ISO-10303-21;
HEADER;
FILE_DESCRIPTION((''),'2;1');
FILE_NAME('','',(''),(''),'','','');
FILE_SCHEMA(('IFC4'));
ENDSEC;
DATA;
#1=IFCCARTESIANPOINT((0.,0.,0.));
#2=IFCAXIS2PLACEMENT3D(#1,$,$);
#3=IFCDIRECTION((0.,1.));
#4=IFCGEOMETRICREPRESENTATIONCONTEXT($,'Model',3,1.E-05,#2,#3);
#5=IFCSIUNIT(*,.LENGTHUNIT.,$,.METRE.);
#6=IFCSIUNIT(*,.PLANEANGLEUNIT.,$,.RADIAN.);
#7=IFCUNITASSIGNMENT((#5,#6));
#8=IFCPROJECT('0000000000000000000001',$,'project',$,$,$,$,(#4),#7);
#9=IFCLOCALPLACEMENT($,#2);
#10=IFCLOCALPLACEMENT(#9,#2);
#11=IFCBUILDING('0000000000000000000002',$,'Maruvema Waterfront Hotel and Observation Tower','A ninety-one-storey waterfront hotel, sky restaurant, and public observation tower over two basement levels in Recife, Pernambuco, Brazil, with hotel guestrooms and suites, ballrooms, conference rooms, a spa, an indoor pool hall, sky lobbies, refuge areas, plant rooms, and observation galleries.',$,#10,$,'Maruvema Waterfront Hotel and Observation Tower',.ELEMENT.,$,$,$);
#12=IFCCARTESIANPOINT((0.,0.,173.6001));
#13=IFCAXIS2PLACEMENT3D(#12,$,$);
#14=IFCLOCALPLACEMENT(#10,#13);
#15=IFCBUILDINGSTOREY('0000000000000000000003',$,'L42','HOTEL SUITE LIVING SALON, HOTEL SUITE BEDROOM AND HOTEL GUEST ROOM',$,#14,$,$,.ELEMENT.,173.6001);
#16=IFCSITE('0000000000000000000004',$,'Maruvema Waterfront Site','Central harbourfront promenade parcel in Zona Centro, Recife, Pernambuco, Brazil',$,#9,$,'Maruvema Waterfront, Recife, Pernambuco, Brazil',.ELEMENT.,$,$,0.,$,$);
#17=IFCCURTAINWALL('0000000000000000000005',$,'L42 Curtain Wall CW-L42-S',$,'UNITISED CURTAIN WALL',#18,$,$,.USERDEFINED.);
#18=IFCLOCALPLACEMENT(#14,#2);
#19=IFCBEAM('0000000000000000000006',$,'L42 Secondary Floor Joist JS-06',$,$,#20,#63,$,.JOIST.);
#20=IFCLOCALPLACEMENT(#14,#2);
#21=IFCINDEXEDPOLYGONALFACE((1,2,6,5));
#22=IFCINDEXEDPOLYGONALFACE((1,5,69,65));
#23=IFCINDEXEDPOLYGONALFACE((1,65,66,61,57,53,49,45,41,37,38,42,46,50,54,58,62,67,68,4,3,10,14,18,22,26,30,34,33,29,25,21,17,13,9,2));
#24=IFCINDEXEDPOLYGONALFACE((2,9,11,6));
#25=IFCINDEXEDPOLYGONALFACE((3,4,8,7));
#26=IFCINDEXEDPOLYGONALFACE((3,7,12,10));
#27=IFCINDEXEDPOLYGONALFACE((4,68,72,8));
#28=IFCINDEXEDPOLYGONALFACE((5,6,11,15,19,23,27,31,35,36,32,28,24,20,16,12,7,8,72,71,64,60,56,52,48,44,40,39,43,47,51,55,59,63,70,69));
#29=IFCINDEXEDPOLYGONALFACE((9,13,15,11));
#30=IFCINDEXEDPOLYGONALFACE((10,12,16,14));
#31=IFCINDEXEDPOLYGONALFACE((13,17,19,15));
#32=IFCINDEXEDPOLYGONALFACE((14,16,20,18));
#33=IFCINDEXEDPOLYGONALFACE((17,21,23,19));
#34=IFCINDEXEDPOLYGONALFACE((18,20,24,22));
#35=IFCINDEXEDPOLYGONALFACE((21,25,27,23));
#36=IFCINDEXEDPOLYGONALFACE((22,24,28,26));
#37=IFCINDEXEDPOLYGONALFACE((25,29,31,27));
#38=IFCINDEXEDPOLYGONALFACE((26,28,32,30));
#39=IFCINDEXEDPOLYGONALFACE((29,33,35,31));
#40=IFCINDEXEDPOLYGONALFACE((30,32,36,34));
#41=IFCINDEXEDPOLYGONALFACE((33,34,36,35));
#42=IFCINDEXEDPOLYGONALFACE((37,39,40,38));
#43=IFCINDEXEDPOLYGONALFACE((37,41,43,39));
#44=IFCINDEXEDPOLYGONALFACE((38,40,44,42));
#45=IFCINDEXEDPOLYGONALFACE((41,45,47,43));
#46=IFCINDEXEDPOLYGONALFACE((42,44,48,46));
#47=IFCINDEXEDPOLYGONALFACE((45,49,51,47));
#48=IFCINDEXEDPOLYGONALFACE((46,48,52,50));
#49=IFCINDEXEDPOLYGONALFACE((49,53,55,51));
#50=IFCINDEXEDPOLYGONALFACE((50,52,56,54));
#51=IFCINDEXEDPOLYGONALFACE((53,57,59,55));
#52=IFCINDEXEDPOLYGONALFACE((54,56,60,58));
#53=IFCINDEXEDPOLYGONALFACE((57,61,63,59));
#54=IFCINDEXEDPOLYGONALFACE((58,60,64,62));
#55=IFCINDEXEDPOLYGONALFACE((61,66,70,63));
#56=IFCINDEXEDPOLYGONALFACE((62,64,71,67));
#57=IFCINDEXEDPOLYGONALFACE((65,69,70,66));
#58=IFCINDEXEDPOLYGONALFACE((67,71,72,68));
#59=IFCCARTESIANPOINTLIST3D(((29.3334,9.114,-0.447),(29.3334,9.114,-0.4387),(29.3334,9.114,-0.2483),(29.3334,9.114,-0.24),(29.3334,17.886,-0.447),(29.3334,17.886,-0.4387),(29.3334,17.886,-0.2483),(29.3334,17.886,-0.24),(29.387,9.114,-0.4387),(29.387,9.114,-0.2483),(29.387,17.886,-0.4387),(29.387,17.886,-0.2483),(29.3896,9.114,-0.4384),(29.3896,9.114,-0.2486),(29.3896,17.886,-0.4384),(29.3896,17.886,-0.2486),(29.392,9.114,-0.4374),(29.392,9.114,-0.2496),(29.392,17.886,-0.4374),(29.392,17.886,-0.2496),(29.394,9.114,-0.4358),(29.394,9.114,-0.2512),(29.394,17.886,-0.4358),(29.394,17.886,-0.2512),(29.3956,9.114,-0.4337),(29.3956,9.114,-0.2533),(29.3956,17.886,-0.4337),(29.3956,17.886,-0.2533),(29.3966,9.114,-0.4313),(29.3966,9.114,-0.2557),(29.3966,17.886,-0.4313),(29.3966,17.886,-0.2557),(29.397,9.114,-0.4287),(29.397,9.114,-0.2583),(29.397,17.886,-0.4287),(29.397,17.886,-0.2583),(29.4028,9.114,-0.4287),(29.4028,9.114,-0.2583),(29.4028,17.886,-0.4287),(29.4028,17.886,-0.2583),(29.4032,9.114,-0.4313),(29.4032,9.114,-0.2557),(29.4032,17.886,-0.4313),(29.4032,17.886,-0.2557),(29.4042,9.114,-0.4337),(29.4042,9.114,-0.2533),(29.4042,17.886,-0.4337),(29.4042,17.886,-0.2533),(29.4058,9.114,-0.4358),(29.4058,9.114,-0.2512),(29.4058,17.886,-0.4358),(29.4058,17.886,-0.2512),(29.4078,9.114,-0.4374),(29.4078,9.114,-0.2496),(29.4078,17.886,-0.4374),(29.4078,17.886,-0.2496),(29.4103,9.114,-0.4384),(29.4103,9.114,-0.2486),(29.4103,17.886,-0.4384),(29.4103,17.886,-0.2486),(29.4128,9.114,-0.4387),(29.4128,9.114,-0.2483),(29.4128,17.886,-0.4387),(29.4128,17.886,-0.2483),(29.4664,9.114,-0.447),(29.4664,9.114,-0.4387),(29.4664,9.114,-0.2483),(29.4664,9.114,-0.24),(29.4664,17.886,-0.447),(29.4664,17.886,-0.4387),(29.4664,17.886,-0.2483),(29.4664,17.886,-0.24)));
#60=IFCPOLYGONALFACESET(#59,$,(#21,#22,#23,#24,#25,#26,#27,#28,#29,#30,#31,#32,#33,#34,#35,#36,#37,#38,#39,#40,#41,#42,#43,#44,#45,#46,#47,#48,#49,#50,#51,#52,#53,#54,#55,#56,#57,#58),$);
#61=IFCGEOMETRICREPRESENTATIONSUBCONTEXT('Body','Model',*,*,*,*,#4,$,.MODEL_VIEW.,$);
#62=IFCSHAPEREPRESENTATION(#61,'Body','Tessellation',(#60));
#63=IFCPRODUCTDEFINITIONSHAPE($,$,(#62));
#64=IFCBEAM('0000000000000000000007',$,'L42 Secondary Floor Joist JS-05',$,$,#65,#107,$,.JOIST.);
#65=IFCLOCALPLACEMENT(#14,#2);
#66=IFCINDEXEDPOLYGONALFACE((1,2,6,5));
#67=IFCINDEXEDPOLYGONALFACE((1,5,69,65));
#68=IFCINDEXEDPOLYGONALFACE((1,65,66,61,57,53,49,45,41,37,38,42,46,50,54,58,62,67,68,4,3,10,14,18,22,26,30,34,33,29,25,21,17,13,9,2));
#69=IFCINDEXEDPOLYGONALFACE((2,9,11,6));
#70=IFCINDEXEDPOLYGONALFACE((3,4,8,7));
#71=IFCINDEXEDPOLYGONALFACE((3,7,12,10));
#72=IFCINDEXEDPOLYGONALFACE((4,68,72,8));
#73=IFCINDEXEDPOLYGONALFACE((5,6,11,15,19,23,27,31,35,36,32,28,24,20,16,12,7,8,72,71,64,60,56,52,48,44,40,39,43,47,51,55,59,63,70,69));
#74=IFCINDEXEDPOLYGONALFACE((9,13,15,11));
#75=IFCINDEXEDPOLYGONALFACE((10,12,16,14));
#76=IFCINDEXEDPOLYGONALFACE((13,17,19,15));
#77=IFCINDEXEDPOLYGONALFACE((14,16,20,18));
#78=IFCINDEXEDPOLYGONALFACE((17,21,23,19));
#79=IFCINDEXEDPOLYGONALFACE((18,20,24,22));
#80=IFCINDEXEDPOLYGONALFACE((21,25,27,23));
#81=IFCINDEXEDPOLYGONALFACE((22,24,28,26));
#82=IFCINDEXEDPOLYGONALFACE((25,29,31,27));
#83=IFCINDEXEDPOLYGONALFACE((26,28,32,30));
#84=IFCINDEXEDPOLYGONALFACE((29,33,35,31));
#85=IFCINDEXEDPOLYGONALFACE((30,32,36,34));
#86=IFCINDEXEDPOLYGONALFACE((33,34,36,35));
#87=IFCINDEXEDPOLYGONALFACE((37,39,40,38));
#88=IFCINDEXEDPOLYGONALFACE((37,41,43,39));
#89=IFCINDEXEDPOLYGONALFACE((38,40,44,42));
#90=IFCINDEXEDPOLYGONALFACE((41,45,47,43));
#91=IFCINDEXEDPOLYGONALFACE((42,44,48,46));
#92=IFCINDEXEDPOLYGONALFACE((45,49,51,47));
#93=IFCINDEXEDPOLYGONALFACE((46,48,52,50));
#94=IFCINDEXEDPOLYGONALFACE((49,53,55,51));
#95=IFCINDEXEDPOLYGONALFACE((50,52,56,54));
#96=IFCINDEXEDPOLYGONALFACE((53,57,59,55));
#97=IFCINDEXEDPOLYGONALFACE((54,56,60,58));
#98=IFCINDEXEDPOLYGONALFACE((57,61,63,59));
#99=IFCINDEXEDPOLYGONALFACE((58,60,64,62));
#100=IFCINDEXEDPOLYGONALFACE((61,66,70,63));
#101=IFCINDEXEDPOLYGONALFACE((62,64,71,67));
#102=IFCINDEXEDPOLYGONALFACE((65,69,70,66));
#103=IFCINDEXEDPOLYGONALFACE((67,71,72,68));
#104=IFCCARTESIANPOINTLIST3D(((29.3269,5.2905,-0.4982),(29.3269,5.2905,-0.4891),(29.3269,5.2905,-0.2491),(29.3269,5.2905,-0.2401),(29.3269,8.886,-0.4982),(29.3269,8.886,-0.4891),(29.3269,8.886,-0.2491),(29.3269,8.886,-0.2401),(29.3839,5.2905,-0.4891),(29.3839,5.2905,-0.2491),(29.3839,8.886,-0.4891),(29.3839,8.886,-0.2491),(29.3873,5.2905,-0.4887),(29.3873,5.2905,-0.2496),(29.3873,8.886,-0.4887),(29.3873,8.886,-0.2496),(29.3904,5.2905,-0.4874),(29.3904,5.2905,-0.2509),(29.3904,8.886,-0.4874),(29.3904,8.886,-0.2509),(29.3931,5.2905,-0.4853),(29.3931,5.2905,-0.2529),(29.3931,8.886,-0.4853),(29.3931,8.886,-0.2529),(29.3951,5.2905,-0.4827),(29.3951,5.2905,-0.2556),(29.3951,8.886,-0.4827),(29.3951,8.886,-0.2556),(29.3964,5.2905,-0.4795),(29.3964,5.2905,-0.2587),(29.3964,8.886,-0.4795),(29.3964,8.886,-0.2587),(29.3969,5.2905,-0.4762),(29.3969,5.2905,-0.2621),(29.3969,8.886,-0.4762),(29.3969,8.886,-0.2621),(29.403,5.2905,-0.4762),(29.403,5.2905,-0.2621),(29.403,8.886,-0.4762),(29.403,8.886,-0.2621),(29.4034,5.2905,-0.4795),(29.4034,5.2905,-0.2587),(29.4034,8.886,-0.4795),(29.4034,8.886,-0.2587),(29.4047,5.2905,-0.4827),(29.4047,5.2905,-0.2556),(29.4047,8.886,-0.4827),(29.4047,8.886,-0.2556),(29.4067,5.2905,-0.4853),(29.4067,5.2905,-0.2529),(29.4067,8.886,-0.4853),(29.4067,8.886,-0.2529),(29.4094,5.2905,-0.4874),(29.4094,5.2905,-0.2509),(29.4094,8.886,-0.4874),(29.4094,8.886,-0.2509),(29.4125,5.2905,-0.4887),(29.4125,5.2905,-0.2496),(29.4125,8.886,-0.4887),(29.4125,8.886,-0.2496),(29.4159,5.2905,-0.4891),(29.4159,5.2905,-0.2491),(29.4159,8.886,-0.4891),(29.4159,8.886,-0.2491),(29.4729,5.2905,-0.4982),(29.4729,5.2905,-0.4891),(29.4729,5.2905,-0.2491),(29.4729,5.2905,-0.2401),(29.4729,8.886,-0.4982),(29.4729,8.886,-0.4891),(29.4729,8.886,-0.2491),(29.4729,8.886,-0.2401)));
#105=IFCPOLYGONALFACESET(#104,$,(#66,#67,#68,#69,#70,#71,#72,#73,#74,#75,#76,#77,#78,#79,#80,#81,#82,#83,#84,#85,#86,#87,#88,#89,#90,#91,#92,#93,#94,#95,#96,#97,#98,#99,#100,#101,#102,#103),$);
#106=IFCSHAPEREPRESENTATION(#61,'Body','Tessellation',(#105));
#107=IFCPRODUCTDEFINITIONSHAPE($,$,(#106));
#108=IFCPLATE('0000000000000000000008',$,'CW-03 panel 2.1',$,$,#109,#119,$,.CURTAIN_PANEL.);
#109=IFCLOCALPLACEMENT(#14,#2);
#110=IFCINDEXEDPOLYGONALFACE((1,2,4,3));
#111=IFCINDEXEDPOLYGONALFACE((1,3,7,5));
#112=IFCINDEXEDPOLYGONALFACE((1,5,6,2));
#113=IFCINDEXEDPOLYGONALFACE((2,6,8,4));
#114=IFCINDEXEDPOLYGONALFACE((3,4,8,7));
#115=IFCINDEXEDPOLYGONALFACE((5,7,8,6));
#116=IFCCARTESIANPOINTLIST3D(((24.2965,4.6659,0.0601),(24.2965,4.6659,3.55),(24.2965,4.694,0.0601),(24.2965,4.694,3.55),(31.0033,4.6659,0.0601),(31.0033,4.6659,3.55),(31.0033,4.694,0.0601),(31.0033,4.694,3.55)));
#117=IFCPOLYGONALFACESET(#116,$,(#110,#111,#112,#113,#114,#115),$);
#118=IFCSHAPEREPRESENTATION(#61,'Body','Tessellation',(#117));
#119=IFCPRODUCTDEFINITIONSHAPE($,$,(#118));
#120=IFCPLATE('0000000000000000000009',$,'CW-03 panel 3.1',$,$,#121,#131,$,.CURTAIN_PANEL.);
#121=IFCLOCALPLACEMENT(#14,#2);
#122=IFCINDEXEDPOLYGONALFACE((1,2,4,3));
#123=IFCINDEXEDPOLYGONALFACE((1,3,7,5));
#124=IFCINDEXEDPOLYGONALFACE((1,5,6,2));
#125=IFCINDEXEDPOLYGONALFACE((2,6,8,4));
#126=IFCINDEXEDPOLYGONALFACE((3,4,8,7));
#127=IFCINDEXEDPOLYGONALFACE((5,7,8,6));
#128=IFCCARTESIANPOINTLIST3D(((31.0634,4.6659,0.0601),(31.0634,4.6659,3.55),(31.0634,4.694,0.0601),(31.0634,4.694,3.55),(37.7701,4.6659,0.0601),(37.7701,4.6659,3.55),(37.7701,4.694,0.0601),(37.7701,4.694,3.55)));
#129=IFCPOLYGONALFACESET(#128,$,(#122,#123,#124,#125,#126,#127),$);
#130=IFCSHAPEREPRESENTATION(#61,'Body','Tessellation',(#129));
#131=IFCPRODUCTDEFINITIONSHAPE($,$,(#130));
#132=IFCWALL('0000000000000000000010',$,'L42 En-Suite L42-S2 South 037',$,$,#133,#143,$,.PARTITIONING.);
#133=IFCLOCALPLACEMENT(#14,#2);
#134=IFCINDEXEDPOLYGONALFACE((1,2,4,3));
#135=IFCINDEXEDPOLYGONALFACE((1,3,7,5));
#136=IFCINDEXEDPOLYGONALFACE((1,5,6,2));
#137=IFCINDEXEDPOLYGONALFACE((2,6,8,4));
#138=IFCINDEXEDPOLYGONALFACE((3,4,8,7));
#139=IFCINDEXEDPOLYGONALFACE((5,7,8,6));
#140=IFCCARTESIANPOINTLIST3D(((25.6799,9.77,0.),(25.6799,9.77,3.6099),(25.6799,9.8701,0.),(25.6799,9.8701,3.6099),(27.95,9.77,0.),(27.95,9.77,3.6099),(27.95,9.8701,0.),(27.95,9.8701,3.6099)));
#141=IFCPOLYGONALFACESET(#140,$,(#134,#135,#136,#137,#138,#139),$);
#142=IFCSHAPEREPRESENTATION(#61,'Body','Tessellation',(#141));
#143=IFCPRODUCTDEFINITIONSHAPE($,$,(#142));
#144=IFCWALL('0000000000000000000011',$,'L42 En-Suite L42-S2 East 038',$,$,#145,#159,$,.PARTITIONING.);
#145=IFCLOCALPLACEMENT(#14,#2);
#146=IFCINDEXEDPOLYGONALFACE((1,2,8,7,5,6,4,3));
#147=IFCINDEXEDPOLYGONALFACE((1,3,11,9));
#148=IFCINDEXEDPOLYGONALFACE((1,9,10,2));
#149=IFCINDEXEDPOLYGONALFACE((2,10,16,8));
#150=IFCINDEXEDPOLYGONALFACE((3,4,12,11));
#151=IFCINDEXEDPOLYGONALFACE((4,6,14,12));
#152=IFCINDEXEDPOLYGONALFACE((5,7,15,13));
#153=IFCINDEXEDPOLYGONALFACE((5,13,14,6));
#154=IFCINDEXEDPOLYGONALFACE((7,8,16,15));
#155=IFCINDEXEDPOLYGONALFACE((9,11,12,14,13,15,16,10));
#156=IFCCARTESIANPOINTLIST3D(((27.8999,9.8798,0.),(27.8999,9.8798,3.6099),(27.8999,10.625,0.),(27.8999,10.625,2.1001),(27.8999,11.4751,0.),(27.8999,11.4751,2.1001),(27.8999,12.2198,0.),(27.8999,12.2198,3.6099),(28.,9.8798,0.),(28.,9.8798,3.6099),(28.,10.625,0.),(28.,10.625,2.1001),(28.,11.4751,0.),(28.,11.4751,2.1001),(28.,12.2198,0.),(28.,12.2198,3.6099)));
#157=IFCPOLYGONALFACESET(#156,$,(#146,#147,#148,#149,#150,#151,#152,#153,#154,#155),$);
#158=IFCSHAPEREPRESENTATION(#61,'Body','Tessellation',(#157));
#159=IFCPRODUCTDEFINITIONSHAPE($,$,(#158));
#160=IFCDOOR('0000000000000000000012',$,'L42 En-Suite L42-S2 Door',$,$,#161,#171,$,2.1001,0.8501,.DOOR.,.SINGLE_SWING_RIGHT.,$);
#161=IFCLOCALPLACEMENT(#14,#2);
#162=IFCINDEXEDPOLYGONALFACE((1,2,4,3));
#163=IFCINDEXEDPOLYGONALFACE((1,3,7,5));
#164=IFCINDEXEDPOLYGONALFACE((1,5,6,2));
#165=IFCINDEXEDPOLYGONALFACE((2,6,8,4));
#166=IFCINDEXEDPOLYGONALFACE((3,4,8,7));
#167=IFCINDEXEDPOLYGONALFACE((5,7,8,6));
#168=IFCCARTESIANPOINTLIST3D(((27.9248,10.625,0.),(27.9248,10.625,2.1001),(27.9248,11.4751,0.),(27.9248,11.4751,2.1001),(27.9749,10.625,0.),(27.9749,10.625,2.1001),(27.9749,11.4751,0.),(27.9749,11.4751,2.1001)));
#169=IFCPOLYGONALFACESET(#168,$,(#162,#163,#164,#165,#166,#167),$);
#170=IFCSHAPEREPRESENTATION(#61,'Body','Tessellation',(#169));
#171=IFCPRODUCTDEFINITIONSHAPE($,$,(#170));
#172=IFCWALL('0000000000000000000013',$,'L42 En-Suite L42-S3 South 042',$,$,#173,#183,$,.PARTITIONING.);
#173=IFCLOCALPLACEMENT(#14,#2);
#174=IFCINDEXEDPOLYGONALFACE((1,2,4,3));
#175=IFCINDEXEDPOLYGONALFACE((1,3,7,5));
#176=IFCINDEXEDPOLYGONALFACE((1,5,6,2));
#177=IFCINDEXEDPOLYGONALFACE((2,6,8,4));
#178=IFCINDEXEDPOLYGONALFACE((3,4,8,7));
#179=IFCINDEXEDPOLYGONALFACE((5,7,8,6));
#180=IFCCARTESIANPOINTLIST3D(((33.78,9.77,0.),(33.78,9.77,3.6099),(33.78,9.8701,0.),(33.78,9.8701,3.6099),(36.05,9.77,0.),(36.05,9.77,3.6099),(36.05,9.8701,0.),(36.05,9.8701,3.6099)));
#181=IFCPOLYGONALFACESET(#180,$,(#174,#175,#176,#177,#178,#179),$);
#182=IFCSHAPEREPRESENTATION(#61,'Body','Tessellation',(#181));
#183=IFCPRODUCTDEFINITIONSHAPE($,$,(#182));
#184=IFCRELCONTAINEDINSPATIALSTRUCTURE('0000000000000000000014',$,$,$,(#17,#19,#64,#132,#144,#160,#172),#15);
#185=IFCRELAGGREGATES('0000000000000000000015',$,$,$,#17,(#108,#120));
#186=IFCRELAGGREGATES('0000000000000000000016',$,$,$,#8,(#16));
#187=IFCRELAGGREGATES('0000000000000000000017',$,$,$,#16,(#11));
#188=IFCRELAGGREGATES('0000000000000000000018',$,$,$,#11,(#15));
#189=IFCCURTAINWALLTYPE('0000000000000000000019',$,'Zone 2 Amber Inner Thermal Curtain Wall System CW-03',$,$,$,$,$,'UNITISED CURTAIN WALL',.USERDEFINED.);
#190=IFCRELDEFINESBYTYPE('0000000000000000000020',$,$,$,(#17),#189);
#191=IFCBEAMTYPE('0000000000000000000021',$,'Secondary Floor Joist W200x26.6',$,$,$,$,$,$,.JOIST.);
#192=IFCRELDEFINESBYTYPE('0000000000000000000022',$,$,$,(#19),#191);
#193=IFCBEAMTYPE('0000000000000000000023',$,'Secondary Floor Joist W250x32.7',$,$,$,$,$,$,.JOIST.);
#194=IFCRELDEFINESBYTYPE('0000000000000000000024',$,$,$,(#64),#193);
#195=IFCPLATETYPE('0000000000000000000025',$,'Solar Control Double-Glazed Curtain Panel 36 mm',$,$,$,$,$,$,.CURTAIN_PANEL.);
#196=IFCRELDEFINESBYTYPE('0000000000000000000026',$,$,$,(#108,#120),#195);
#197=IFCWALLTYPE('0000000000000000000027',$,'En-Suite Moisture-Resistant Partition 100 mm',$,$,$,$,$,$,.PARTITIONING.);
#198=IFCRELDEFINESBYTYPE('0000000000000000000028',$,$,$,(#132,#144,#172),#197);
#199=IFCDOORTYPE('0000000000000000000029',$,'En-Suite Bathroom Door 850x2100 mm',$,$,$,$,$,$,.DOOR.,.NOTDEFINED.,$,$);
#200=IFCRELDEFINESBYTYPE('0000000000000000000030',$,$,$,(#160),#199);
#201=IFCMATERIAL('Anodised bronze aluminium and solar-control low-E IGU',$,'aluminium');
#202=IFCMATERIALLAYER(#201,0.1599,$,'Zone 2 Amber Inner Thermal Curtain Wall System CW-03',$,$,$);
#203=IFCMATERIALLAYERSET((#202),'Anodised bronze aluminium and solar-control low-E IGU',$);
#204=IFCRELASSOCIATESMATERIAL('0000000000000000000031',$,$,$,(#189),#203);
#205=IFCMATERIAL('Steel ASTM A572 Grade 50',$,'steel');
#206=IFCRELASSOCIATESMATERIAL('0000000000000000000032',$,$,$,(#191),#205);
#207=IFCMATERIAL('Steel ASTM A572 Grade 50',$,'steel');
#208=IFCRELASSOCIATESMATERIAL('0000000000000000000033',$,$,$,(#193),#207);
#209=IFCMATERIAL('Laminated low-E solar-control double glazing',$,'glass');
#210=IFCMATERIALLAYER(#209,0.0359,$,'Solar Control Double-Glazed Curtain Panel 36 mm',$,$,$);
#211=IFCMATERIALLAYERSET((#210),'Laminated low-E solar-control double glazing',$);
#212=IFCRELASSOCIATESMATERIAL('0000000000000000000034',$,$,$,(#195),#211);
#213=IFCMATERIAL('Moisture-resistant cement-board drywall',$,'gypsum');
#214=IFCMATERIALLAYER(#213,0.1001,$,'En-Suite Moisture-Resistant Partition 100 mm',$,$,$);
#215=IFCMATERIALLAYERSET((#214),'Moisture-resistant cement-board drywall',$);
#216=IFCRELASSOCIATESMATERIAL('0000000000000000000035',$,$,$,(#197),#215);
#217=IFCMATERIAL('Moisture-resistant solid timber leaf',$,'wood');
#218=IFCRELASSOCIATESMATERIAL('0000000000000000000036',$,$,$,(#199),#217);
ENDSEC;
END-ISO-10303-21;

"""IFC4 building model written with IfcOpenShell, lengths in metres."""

from ifc_helpers import new_model, si_unit, direction, frame, frame_2d, origin, origin_2d, place, context, subcontext, project, spatial, rectangle, i_section, extrude, material, layer, layer_set, material_profile, profile_set, type_object, element, fill, aggregate, save


model = new_model("IFC4")

# Units and contexts
model_context = context("Model", 3, precision=1e-05, world=origin(), true_north=direction((0.0, 1.0)))
body_context = subcontext(model_context, "Body", "Model", "MODEL_VIEW")
ifc_project = project(units=[si_unit("LENGTHUNIT", "METRE"), si_unit("PLANEANGLEUNIT", "RADIAN")], contexts=[model_context])

# Site, building, storey
site_placement = place(None, origin())
site = spatial("IfcSite", under=ifc_project, at=site_placement, Name="Maruvema Waterfront Site", Description="Central harbourfront promenade parcel in Zona Centro, Recife, Pernambuco, Brazil", LongName="Maruvema Waterfront, Recife, Pernambuco, Brazil", CompositionType="ELEMENT", RefElevation=0.0)
building_placement = place(site_placement, origin())
building = spatial("IfcBuilding", under=site, at=building_placement, Name="Maruvema Waterfront Hotel and Observation Tower", Description="A ninety-one-storey waterfront hotel, sky restaurant, and public observation tower over two basement levels in Recife, Pernambuco, Brazil, with hotel guestrooms and suites, ballrooms, conference rooms, a spa, an indoor pool hall, sky lobbies, refuge areas, plant rooms, and observation galleries.", LongName="Maruvema Waterfront Hotel and Observation Tower", CompositionType="ELEMENT")
storey_placement = place(building_placement, frame((0.0, 0.0, 173.6001)))
storey = spatial("IfcBuildingStorey", under=building, at=storey_placement, Name="L42", Description="HOTEL SUITE LIVING SALON, HOTEL SUITE BEDROOM AND HOTEL GUEST ROOM", CompositionType="ELEMENT", Elevation=173.6001)

# Curtain wall
ifc_material_1 = material(Name="Anodised bronze aluminium and solar-control low-E IGU", Category="aluminium")
ifc_layer_1 = layer(ifc_material_1, 0.1599, Name="Zone 2 Amber Inner Thermal Curtain Wall System CW-03")
ifc_layer_set_1 = layer_set([ifc_layer_1], Name="Anodised bronze aluminium and solar-control low-E IGU")
curtain_wall_type = type_object("IfcCurtainWallType", Name="Zone 2 Amber Inner Thermal Curtain Wall System CW-03", ElementType="UNITISED CURTAIN WALL", PredefinedType="USERDEFINED", material=ifc_layer_set_1)
curtain_wall_placement = place(storey_placement, origin())
curtain_wall = element("IfcCurtainWall", 1, at=curtain_wall_placement, inside=storey, type_object=curtain_wall_type, Name="L42 Curtain Wall CW-L42-S", ObjectType="UNITISED CURTAIN WALL", PredefinedType="USERDEFINED")

# Beams
ifc_material_2 = material(Name="Steel ASTM A572 Grade 50", Category="steel")
ifc_material_profile_1 = material_profile(ifc_material_2, i_section(OverallWidth=0.1331, OverallDepth=0.207, WebThickness=0.0059, FlangeThickness=0.0083, FilletRadius=0.01, at=origin_2d()), Name="W200x26.6")
ifc_profile_set_1 = profile_set([ifc_material_profile_1], Name="Steel ASTM A572 Grade 50")
beam_type_1 = type_object("IfcBeamType", Name="Secondary Floor Joist W200x26.6", PredefinedType="JOIST", material=ifc_profile_set_1)
beam_1_placement = place(storey_placement, frame((29.3999, 9.114, -0.3435), z_axis=(0.0, 1.0, 0.0), x_axis=(-1.0, 0.0, 0.0)))
element("IfcBeam", 2, at=beam_1_placement, inside=storey, type_object=beam_type_1, Name="L42 Secondary Floor Joist JS-06", PredefinedType="JOIST", context=body_context, shape_type="SweptSolid", body=[
    extrude(i_section(OverallWidth=0.1331, OverallDepth=0.207, WebThickness=0.0059, FlangeThickness=0.0083, FilletRadius=0.01, at=origin_2d()), origin(), (0.0, 0.0, 1.0), 8.772),
])
ifc_material_3 = material(Name="Steel ASTM A572 Grade 50", Category="steel")
ifc_material_profile_2 = material_profile(ifc_material_3, i_section(OverallWidth=0.146, OverallDepth=0.2581, WebThickness=0.0061, FlangeThickness=0.009, FilletRadius=0.0129, at=origin_2d()), Name="W250x32.7")
ifc_profile_set_2 = profile_set([ifc_material_profile_2], Name="Steel ASTM A572 Grade 50")
beam_type_2 = type_object("IfcBeamType", Name="Secondary Floor Joist W250x32.7", PredefinedType="JOIST", material=ifc_profile_set_2)
beam_2_placement = place(storey_placement, frame((29.3999, 5.2905, -0.3691), z_axis=(0.0, 1.0, 0.0), x_axis=(-1.0, 0.0, 0.0)))
element("IfcBeam", 3, at=beam_2_placement, inside=storey, type_object=beam_type_2, Name="L42 Secondary Floor Joist JS-05", PredefinedType="JOIST", context=body_context, shape_type="SweptSolid", body=[
    extrude(i_section(OverallWidth=0.146, OverallDepth=0.2581, WebThickness=0.0061, FlangeThickness=0.009, FilletRadius=0.0129, at=origin_2d()), origin(), (0.0, 0.0, 1.0), 3.5955),
])

# Plates
ifc_material_4 = material(Name="Laminated low-E solar-control double glazing", Category="glass")
ifc_layer_2 = layer(ifc_material_4, 0.0359, Name="Solar Control Double-Glazed Curtain Panel 36 mm")
ifc_layer_set_2 = layer_set([ifc_layer_2], Name="Laminated low-E solar-control double glazing")
plate_type = type_object("IfcPlateType", Name="Solar Control Double-Glazed Curtain Panel 36 mm", PredefinedType="CURTAIN_PANEL", material=ifc_layer_set_2)
plate_1_placement = place(storey_placement, frame((27.6499, 4.6799, 0.0601), z_axis=(0.0, 0.0, 1.0), x_axis=(1.0, 0.0, 0.0)))
plate_1 = element("IfcPlate", 4, at=plate_1_placement, type_object=plate_type, Name="CW-03 panel 2.1", PredefinedType="CURTAIN_PANEL", context=body_context, shape_type="SweptSolid", body=[
    extrude(rectangle(XDim=6.7068, YDim=0.0281, at=origin_2d()), origin(), (0.0, 0.0, 1.0), 3.49),
])
plate_2_placement = place(storey_placement, frame((34.4167, 4.6799, 0.0601), z_axis=(0.0, 0.0, 1.0), x_axis=(1.0, 0.0, 0.0)))
plate_2 = element("IfcPlate", 5, at=plate_2_placement, type_object=plate_type, Name="CW-03 panel 3.1", PredefinedType="CURTAIN_PANEL", context=body_context, shape_type="SweptSolid", body=[
    extrude(rectangle(XDim=6.7068, YDim=0.0281, at=origin_2d()), origin(), (0.0, 0.0, 1.0), 3.49),
])
aggregate(curtain_wall, [plate_1, plate_2])

# Wall
ifc_material_5 = material(Name="Moisture-resistant cement-board drywall", Category="gypsum")
ifc_layer_3 = layer(ifc_material_5, 0.1001, Name="En-Suite Moisture-Resistant Partition 100 mm")
ifc_layer_set_3 = layer_set([ifc_layer_3], Name="Moisture-resistant cement-board drywall")
wall_type_1 = type_object("IfcWallType", Name="En-Suite Moisture-Resistant Partition 100 mm", PredefinedType="PARTITIONING", material=ifc_layer_set_3)
wall_1_placement = place(storey_placement, frame((25.6799, 9.8201, 0.0), z_axis=(0.0, 0.0, 1.0), x_axis=(1.0, 0.0, 0.0)))
element("IfcWall", 6, at=wall_1_placement, inside=storey, type_object=wall_type_1, Name="L42 En-Suite L42-S2 South 037", PredefinedType="PARTITIONING", context=body_context, shape_type="SweptSolid", body=[
    extrude(rectangle(XDim=2.27, YDim=0.1001, at=frame_2d((1.135, 0.0))), origin(), (0.0, 0.0, 1.0), 3.6099),
])

# Wall, opening, door
wall_2_placement = place(storey_placement, frame((27.95, 9.8799, 0.0), z_axis=(0.0, 0.0, 1.0), x_axis=(0.0, 1.0, 0.0)))
wall_2 = element("IfcWall", 7, at=wall_2_placement, inside=storey, type_object=wall_type_1, Name="L42 En-Suite L42-S2 East 038", PredefinedType="PARTITIONING", context=body_context, shape_type="SweptSolid", body=[
    extrude(rectangle(XDim=2.3401, YDim=0.1001, at=frame_2d((1.1699, 0.0))), origin(), (0.0, 0.0, 1.0), 3.6099),
])
opening_placement = place(wall_2_placement, frame((0.7451, 0.0, 0.0)))
opening = element("IfcOpeningElement", 8, at=opening_placement, cuts=wall_2, PredefinedType="OPENING", context=body_context, shape_type="SweptSolid", body=[
    extrude(rectangle(XDim=0.8501, YDim=2.1001, at=frame_2d((0.425, 1.05))), frame((0.0, 0.0601, 0.0), z_axis=(0.0, -1.0, 0.0), x_axis=(1.0, 0.0, 0.0)), (0.0, 0.0, 1.0), 0.1201),
])
ifc_material_6 = material(Name="Moisture-resistant solid timber leaf", Category="wood")
door_type = type_object("IfcDoorType", Name="En-Suite Bathroom Door 850x2100 mm", OperationType="NOTDEFINED", PredefinedType="DOOR", material=ifc_material_6)
door_placement = place(opening_placement, frame((0.8501, 0.0, 0.0), z_axis=(0.0, 0.0, 1.0), x_axis=(-1.0, 0.0, 0.0)))
door = element("IfcDoor", 9, at=door_placement, inside=storey, type_object=door_type, Name="L42 En-Suite L42-S2 Door", OperationType="SINGLE_SWING_RIGHT", OverallHeight=2.1001, OverallWidth=0.8501, PredefinedType="DOOR", context=body_context, shape_type="SweptSolid", body=[
    extrude(rectangle(XDim=0.8501, YDim=2.1001, at=frame_2d((0.425, 1.05))), frame((0.0, 0.0249, 0.0), z_axis=(0.0, -1.0, 0.0), x_axis=(1.0, 0.0, 0.0)), (0.0, 0.0, 1.0), 0.05),
])
fill(opening, door)

# Wall
wall_3_placement = place(storey_placement, frame((33.78, 9.8201, 0.0), z_axis=(0.0, 0.0, 1.0), x_axis=(1.0, 0.0, 0.0)))
element("IfcWall", 10, at=wall_3_placement, inside=storey, type_object=wall_type_1, Name="L42 En-Suite L42-S3 South 042", PredefinedType="PARTITIONING", context=body_context, shape_type="SweptSolid", body=[
    extrude(rectangle(XDim=2.27, YDim=0.1001, at=frame_2d((1.135, 0.0))), origin(), (0.0, 0.0, 1.0), 3.6099),
])

save(model, "model.ifc")
